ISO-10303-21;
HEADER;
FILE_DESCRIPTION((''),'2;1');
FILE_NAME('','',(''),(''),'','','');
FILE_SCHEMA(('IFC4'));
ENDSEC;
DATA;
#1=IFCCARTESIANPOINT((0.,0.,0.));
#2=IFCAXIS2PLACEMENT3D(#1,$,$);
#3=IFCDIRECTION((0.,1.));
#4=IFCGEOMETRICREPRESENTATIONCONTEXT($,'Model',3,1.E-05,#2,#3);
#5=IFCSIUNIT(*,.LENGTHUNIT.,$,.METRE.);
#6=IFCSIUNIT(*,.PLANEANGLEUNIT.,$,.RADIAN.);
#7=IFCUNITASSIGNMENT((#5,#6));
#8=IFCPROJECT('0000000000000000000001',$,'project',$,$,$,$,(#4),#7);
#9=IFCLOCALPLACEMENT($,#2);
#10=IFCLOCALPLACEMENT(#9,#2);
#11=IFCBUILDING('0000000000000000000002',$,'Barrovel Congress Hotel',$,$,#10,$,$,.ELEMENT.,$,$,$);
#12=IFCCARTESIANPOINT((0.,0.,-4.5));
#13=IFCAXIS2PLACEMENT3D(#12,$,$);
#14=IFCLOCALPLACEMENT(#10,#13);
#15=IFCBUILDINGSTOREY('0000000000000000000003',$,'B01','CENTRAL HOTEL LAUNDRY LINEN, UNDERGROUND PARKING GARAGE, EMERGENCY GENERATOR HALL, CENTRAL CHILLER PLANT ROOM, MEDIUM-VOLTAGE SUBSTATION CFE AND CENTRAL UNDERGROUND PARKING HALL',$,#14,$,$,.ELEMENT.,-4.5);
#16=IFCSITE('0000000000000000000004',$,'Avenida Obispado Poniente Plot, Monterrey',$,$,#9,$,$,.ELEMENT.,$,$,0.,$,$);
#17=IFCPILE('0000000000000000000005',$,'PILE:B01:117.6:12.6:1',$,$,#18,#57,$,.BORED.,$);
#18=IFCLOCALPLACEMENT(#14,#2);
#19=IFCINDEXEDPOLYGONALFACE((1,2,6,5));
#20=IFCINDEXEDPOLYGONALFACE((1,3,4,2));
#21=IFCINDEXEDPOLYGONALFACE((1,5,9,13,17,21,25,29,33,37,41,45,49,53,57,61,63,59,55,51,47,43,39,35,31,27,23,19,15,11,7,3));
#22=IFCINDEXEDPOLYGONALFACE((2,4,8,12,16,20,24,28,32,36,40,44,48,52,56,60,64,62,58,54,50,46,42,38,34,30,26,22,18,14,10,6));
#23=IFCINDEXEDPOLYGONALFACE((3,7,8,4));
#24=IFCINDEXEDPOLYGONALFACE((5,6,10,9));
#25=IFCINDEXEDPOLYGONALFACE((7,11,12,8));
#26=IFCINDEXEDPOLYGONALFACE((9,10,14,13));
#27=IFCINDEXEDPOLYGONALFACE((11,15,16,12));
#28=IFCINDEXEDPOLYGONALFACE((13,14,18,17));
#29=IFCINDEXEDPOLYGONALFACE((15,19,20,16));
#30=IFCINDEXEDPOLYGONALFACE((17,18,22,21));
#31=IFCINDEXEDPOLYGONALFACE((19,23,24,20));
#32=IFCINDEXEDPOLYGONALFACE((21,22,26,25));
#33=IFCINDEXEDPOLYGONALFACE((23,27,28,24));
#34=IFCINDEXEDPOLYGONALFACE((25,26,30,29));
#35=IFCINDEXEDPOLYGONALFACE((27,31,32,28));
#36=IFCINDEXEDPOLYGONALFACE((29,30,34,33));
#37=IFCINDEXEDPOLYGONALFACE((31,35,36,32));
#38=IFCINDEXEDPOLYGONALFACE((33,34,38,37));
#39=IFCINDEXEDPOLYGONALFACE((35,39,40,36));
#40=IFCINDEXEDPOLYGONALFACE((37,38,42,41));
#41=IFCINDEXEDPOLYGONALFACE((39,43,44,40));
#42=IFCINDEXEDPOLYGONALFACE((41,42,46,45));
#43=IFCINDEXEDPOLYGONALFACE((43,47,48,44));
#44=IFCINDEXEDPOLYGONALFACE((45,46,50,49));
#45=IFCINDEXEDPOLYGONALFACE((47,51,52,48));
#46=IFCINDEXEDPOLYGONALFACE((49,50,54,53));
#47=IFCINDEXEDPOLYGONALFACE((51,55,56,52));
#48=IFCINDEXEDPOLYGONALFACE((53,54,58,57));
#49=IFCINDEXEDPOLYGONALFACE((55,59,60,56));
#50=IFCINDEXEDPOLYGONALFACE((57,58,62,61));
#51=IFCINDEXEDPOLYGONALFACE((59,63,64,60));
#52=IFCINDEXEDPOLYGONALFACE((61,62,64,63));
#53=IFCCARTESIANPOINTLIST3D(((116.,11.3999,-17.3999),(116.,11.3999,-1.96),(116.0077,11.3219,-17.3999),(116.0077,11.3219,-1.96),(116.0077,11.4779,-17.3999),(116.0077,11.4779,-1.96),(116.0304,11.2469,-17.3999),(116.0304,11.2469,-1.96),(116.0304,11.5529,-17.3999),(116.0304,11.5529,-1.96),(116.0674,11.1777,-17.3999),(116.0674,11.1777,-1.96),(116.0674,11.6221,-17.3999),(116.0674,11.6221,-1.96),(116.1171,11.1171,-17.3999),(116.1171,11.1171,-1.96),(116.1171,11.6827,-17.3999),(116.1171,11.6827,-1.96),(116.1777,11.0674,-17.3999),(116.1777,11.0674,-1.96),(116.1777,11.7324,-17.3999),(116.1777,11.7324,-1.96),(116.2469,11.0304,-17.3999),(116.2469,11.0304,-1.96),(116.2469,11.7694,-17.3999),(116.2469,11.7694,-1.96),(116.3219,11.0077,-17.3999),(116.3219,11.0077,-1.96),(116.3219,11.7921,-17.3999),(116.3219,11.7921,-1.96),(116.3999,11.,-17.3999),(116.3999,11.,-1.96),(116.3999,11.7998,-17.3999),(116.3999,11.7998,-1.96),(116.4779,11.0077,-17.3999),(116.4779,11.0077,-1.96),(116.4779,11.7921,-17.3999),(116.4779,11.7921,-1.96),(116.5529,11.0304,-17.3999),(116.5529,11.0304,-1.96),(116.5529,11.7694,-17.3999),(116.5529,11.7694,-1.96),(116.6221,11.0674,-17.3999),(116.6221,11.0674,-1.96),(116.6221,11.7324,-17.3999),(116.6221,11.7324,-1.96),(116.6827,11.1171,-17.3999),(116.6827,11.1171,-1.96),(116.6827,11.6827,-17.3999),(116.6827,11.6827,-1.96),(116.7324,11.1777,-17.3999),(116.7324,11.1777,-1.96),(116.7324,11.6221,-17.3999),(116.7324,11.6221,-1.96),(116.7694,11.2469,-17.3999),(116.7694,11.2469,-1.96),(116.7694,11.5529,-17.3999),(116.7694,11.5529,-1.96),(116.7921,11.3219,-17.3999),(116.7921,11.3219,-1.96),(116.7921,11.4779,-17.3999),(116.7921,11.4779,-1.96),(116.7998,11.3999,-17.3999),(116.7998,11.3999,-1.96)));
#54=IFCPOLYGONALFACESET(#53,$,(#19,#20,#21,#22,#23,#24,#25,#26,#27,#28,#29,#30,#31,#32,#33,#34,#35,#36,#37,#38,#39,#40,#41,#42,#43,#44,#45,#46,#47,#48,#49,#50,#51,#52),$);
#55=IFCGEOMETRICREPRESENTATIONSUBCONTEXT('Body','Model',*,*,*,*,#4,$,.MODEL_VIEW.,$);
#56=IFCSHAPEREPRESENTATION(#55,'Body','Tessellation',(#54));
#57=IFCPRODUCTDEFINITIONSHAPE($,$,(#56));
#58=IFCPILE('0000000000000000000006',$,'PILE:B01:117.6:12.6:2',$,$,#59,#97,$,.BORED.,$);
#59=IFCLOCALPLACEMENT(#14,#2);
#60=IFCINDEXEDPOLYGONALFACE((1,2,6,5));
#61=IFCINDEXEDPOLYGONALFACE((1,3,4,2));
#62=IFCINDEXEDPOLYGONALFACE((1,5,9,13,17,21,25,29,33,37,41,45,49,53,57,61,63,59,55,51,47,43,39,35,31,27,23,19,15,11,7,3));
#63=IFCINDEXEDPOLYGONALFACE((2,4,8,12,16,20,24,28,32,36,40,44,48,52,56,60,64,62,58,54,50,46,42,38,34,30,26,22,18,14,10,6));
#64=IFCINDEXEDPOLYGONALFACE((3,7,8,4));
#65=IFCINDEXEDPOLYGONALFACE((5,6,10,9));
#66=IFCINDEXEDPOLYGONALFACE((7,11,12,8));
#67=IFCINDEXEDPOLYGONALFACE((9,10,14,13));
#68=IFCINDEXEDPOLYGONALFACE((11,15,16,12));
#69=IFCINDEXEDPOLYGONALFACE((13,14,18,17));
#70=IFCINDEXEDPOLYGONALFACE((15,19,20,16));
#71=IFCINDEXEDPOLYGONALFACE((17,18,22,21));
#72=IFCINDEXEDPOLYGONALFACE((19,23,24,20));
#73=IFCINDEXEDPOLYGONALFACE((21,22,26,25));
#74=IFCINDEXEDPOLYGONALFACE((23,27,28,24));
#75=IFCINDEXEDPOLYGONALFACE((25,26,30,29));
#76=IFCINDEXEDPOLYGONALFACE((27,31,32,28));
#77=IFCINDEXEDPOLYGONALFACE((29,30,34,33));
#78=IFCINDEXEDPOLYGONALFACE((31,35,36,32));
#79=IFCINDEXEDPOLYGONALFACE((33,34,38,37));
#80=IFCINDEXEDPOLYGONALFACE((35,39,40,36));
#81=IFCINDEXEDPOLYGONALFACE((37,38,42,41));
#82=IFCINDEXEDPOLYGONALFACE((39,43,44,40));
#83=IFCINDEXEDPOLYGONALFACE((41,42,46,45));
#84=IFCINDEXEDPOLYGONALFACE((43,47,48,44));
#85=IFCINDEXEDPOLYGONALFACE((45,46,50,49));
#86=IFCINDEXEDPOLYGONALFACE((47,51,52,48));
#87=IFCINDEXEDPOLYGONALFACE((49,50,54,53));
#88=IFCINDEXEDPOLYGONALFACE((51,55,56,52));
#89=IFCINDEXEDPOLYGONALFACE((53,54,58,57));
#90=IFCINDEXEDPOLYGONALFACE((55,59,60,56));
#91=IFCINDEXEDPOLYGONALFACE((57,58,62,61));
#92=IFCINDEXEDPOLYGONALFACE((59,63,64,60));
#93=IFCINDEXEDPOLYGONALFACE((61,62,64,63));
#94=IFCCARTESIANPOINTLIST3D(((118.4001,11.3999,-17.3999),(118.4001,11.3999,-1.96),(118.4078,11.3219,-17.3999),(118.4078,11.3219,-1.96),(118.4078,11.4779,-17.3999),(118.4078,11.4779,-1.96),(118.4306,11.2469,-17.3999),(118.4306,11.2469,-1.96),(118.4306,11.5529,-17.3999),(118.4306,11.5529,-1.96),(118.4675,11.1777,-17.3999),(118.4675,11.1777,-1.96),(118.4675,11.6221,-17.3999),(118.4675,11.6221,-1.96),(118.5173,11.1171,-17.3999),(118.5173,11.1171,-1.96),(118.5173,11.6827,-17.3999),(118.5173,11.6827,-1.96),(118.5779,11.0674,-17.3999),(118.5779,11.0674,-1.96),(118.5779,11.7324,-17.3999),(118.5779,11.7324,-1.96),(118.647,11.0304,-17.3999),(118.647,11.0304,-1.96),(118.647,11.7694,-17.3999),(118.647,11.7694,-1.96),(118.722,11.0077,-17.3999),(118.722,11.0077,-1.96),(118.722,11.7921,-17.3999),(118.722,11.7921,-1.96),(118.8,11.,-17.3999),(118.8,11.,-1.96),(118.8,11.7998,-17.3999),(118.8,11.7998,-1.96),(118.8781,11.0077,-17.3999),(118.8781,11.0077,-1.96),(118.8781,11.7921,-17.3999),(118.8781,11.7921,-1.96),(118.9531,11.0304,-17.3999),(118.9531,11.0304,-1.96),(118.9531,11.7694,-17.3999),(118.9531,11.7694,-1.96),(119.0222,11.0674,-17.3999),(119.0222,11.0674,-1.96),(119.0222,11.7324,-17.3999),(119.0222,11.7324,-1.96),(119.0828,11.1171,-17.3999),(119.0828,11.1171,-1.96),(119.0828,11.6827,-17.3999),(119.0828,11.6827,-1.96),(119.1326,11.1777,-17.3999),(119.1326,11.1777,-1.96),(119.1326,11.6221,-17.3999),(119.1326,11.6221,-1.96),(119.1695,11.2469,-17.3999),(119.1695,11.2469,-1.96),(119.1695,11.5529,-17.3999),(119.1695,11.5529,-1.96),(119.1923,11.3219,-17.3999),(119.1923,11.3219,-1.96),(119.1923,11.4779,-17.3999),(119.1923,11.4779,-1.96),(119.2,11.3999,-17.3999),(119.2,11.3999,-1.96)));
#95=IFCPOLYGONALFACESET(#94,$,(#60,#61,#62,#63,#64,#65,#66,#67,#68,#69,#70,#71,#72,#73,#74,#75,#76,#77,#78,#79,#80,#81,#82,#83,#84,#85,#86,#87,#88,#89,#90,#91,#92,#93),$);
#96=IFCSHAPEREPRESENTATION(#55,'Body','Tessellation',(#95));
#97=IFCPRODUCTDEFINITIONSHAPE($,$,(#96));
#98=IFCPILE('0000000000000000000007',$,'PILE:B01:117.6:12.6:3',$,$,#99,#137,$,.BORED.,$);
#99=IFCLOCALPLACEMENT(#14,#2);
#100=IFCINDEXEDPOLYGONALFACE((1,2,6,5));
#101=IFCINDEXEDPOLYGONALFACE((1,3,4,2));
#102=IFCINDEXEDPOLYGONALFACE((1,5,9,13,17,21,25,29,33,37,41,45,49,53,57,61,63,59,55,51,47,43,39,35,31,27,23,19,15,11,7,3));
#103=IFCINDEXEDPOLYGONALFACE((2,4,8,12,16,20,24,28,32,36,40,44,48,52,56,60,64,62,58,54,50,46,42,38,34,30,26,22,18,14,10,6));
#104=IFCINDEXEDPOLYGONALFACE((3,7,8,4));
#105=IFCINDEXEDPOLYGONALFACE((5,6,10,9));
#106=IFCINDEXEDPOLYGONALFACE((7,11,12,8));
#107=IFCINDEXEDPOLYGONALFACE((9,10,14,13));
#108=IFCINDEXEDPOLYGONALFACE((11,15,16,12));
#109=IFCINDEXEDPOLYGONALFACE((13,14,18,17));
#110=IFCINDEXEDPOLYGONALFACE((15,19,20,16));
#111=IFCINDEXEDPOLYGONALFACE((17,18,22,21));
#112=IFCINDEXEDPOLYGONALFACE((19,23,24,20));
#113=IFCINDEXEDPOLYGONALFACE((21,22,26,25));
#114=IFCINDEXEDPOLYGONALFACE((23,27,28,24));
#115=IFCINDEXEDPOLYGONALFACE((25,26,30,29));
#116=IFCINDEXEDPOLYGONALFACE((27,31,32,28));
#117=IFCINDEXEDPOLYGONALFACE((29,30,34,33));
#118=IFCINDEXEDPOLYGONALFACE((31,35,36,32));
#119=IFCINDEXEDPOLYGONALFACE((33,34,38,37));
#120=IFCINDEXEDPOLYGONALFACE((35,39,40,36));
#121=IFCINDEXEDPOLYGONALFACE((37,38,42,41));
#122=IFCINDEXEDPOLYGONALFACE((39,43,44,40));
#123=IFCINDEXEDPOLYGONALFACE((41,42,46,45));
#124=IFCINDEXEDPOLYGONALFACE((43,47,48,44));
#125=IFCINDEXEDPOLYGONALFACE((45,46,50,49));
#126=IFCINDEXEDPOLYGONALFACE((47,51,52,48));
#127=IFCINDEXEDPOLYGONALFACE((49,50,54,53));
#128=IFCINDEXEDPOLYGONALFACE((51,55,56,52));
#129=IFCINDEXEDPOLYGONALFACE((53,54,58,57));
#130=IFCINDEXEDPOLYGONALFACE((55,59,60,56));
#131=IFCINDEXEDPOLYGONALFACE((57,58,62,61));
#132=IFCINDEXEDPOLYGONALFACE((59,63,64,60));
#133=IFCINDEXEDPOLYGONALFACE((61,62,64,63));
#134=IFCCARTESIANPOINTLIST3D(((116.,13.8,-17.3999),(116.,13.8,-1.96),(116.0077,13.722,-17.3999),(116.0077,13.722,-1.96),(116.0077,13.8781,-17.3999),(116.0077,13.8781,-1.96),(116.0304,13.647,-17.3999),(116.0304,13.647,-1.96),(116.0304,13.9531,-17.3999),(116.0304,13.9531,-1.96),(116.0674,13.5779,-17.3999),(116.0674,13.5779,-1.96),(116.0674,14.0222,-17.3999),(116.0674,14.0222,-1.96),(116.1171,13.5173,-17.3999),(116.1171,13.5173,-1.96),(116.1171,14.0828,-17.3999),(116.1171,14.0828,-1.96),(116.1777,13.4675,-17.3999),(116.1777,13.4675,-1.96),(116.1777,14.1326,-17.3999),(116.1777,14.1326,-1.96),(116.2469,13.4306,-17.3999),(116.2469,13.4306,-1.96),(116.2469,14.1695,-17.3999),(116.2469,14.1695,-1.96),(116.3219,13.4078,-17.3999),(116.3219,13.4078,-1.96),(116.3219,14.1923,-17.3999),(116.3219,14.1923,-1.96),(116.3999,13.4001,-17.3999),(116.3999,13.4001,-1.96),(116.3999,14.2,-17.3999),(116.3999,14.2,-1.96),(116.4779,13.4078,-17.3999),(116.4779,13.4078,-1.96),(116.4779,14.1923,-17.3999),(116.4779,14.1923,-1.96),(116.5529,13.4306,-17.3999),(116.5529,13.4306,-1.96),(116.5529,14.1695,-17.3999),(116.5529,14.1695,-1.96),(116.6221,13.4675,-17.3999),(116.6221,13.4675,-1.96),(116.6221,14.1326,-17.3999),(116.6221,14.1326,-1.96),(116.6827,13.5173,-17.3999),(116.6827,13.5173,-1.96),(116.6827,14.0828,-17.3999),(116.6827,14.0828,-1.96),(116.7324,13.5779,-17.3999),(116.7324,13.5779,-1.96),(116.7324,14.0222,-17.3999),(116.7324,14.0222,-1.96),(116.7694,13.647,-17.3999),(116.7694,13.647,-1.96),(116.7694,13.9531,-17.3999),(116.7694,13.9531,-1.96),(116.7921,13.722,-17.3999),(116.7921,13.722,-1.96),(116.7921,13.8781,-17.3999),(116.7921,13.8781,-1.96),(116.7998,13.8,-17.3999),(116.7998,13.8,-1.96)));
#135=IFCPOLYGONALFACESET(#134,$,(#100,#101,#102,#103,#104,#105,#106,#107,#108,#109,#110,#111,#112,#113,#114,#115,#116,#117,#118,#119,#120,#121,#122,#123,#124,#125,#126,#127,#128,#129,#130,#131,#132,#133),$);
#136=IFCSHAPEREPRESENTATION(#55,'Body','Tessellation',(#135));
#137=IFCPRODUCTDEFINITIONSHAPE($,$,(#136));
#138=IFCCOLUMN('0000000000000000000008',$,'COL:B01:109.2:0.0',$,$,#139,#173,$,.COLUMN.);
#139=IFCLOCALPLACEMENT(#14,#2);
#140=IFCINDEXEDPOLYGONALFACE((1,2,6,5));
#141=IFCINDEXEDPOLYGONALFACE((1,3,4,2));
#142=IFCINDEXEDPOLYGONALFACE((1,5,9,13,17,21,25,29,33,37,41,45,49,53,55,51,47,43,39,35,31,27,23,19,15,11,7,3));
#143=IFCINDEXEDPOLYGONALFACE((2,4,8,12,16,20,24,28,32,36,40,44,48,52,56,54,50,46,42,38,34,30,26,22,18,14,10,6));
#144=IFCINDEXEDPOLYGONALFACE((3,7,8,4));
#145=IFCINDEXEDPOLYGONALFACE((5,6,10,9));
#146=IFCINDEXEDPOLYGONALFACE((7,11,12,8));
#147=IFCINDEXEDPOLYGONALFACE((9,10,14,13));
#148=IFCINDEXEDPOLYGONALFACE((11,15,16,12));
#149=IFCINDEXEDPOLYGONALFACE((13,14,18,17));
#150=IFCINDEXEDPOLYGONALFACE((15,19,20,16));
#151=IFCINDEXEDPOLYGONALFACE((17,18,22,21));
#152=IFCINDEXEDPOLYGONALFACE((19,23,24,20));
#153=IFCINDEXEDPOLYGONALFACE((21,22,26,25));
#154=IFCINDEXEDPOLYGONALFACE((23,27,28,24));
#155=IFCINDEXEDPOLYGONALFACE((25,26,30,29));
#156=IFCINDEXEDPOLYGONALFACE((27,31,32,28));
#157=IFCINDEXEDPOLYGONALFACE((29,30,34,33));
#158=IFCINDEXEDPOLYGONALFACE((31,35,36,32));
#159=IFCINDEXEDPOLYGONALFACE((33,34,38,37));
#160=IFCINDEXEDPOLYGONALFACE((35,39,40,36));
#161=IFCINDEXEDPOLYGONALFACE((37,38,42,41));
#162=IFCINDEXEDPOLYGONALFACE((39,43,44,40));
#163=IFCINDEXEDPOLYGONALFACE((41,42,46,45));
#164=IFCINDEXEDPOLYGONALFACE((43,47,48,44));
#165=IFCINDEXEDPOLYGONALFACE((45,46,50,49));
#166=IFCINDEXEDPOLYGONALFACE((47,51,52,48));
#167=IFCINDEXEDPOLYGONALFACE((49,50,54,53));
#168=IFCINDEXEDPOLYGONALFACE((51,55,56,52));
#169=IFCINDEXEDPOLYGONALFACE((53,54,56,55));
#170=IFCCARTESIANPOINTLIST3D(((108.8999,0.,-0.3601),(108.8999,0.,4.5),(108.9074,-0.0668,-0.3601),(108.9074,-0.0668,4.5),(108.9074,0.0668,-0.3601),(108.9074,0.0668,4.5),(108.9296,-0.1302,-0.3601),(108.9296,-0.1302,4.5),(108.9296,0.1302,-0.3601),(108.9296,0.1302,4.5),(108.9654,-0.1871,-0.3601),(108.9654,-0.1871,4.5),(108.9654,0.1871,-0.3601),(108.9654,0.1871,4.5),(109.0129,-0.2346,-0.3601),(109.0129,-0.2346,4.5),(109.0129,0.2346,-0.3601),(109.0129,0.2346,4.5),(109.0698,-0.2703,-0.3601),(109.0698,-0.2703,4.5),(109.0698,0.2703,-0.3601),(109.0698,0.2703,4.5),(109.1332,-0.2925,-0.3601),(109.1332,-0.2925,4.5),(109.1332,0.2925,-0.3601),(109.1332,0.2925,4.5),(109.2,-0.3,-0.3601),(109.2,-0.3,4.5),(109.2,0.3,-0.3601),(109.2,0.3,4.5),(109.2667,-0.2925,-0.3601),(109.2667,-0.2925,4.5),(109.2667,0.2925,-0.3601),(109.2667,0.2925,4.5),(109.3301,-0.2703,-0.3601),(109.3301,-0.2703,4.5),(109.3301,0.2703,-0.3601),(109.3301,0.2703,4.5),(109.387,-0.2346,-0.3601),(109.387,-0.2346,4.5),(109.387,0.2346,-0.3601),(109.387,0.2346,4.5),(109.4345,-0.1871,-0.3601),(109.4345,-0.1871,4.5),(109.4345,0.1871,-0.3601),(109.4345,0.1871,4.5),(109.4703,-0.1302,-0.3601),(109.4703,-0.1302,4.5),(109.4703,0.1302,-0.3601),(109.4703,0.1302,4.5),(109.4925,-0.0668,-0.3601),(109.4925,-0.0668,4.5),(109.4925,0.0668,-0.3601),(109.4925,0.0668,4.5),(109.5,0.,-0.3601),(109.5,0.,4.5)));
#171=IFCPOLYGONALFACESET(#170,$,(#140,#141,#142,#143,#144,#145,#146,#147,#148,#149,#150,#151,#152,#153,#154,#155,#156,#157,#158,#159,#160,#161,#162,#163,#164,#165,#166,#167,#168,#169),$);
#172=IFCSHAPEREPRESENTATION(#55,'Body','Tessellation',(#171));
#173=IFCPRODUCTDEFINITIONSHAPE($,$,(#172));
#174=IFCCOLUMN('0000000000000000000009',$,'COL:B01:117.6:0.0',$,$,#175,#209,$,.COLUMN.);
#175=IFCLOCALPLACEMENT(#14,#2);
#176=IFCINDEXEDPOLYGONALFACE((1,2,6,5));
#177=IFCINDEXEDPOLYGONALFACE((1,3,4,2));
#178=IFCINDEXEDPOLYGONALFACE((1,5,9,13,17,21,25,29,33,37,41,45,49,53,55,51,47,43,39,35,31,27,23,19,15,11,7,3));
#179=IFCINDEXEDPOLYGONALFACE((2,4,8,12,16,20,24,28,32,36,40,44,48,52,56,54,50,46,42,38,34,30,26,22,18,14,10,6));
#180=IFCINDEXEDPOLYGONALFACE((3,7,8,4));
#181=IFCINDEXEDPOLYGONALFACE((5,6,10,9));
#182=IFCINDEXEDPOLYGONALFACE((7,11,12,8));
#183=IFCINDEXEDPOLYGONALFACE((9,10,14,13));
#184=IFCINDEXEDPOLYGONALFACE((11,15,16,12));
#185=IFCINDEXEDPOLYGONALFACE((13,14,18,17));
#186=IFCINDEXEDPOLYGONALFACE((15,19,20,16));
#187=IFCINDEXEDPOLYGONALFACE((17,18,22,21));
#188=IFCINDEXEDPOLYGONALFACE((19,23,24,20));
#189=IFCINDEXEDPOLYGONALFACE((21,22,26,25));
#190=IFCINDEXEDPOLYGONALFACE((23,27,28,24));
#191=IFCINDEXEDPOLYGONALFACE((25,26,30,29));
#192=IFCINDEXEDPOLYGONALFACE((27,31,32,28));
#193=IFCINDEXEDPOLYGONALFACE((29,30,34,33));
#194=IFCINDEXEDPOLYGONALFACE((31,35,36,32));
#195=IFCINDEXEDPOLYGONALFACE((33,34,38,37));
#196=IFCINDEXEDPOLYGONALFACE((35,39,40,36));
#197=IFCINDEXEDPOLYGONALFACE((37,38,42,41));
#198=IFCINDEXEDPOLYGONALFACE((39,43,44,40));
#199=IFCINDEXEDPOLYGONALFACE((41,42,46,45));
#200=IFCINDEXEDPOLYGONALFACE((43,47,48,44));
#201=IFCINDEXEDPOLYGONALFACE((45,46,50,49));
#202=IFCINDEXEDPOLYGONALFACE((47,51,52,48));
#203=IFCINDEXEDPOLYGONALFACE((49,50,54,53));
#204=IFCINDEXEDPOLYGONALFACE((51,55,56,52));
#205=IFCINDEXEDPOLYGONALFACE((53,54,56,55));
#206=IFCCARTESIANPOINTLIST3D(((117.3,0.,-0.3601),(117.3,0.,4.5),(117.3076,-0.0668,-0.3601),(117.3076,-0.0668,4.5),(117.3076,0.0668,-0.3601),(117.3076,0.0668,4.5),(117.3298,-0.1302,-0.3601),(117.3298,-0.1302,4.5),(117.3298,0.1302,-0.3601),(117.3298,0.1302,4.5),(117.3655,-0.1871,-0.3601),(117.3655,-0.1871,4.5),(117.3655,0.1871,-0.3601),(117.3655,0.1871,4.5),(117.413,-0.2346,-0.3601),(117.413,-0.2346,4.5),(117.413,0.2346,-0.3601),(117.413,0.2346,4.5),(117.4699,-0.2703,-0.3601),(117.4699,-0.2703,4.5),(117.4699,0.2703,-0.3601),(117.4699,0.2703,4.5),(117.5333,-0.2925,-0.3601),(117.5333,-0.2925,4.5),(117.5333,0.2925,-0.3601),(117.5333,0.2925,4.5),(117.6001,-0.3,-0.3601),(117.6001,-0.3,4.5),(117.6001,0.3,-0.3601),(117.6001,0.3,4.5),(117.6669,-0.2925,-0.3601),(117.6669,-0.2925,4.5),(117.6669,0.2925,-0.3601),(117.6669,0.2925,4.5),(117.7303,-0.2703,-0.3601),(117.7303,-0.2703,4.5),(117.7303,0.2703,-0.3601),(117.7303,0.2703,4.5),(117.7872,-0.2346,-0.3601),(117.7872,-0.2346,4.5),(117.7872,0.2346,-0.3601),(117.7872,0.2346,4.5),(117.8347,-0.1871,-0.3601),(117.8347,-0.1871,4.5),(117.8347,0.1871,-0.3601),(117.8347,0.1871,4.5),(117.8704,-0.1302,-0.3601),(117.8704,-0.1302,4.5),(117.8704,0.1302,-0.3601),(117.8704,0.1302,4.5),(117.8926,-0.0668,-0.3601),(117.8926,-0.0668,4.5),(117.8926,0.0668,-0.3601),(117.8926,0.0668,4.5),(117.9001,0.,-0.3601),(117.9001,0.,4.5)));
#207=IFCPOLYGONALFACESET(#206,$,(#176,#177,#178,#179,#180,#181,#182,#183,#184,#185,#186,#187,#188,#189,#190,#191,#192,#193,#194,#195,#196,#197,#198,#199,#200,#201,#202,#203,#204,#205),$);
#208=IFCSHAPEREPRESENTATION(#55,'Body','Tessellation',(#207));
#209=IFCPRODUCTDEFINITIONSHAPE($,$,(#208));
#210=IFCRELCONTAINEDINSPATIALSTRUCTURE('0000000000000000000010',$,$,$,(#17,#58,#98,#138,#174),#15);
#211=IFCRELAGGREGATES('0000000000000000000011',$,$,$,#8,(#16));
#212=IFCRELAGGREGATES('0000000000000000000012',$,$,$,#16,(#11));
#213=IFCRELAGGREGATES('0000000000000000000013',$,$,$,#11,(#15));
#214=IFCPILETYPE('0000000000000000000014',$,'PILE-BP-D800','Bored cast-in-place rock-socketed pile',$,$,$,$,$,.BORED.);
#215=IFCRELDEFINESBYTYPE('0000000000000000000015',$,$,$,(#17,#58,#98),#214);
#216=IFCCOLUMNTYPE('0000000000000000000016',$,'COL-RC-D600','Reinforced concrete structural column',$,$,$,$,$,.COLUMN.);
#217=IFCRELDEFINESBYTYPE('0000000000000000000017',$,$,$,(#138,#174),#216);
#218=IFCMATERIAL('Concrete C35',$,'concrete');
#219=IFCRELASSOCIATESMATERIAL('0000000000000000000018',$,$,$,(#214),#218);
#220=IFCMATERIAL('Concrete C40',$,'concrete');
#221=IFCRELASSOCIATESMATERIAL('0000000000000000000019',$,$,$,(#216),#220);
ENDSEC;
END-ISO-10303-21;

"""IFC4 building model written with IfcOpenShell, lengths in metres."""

from ifc_helpers import new_model, si_unit, direction, frame, origin, origin_2d, place, context, subcontext, project, spatial, circle, extrude, material, material_profile, profile_set, type_object, element, save


model = new_model("IFC4")

# Units and contexts
model_context = context("Model", 3, precision=1e-05, world=origin(), true_north=direction((0.0, 1.0)))
body_context = subcontext(model_context, "Body", "Model", "MODEL_VIEW")
ifc_project = project(units=[si_unit("LENGTHUNIT", "METRE"), si_unit("PLANEANGLEUNIT", "RADIAN")], contexts=[model_context])

# Site, building, storey
site_placement = place(None, origin())
site = spatial("IfcSite", under=ifc_project, at=site_placement, Name="Avenida Obispado Poniente Plot, Monterrey", CompositionType="ELEMENT", RefElevation=0.0)
building_placement = place(site_placement, origin())
building = spatial("IfcBuilding", under=site, at=building_placement, Name="Barrovel Congress Hotel", CompositionType="ELEMENT")
storey_placement = place(building_placement, frame((0.0, 0.0, -4.5)))
storey = spatial("IfcBuildingStorey", under=building, at=storey_placement, Name="B01", Description="CENTRAL HOTEL LAUNDRY LINEN, UNDERGROUND PARKING GARAGE, EMERGENCY GENERATOR HALL, CENTRAL CHILLER PLANT ROOM, MEDIUM-VOLTAGE SUBSTATION CFE AND CENTRAL UNDERGROUND PARKING HALL", CompositionType="ELEMENT", Elevation=-4.5)

# Shared definitions
ifc_material_1 = material(Name="Concrete C40", Category="concrete")

# Piles
ifc_material_2 = material(Name="Concrete C35", Category="concrete")
ifc_material_profile_1 = material_profile(ifc_material_2, circle(Radius=0.3999, at=origin_2d()), Name="BP-D800")
ifc_profile_set_1 = profile_set([ifc_material_profile_1], Name="Concrete C35")
pile_type_1 = type_object("IfcPileType", Name="PILE-BP-D800", Description="Bored cast-in-place rock-socketed pile", PredefinedType="BORED", material=ifc_profile_set_1)
for number, where, z_axis, x_axis, name in (
    (1, (116.3999, 11.3999, -1.96), (0.0, 0.0, -1.0), (1.0, 0.0, 0.0), "PILE:B01:117.6:12.6:1"),
    (2, (118.8, 11.3999, -1.96), (0.0, 0.0, -1.0), (1.0, 0.0, 0.0), "PILE:B01:117.6:12.6:2"),
    (3, (116.3999, 13.8, -1.96), (0.0, 0.0, -1.0), (1.0, 0.0, 0.0), "PILE:B01:117.6:12.6:3"),
):
    element("IfcPile", number, at=place(storey_placement, frame(where, z_axis=z_axis, x_axis=x_axis)), inside=storey, type_object=pile_type_1, Name=name, PredefinedType="BORED", context=body_context, shape_type="SweptSolid", body=[
        extrude(circle(Radius=0.3999, at=origin_2d()), origin(), (0.0, 0.0, 1.0), 15.4399),
    ])

# Columns
ifc_material_profile_2 = material_profile(ifc_material_1, circle(Radius=0.3, at=origin_2d()), Name="RC-D600")
ifc_profile_set_2 = profile_set([ifc_material_profile_2], Name="Concrete C40")
column_type_1 = type_object("IfcColumnType", Name="COL-RC-D600", Description="Reinforced concrete structural column", PredefinedType="COLUMN", material=ifc_profile_set_2)
for number, where, z_axis, x_axis, name in (
    (4, (109.2, 0.0, -0.3601), (0.0, 0.0, 1.0), (1.0, 0.0, 0.0), "COL:B01:109.2:0.0"),
    (5, (117.6001, 0.0, -0.3601), (0.0, 0.0, 1.0), (1.0, 0.0, 0.0), "COL:B01:117.6:0.0"),
):
    element("IfcColumn", number, at=place(storey_placement, frame(where, z_axis=z_axis, x_axis=x_axis)), inside=storey, type_object=column_type_1, Name=name, PredefinedType="COLUMN", context=body_context, shape_type="SweptSolid", body=[
        extrude(circle(Radius=0.3, at=origin_2d()), origin(), (0.0, 0.0, 1.0), 4.8601),
    ])

save(model, "model.ifc")
